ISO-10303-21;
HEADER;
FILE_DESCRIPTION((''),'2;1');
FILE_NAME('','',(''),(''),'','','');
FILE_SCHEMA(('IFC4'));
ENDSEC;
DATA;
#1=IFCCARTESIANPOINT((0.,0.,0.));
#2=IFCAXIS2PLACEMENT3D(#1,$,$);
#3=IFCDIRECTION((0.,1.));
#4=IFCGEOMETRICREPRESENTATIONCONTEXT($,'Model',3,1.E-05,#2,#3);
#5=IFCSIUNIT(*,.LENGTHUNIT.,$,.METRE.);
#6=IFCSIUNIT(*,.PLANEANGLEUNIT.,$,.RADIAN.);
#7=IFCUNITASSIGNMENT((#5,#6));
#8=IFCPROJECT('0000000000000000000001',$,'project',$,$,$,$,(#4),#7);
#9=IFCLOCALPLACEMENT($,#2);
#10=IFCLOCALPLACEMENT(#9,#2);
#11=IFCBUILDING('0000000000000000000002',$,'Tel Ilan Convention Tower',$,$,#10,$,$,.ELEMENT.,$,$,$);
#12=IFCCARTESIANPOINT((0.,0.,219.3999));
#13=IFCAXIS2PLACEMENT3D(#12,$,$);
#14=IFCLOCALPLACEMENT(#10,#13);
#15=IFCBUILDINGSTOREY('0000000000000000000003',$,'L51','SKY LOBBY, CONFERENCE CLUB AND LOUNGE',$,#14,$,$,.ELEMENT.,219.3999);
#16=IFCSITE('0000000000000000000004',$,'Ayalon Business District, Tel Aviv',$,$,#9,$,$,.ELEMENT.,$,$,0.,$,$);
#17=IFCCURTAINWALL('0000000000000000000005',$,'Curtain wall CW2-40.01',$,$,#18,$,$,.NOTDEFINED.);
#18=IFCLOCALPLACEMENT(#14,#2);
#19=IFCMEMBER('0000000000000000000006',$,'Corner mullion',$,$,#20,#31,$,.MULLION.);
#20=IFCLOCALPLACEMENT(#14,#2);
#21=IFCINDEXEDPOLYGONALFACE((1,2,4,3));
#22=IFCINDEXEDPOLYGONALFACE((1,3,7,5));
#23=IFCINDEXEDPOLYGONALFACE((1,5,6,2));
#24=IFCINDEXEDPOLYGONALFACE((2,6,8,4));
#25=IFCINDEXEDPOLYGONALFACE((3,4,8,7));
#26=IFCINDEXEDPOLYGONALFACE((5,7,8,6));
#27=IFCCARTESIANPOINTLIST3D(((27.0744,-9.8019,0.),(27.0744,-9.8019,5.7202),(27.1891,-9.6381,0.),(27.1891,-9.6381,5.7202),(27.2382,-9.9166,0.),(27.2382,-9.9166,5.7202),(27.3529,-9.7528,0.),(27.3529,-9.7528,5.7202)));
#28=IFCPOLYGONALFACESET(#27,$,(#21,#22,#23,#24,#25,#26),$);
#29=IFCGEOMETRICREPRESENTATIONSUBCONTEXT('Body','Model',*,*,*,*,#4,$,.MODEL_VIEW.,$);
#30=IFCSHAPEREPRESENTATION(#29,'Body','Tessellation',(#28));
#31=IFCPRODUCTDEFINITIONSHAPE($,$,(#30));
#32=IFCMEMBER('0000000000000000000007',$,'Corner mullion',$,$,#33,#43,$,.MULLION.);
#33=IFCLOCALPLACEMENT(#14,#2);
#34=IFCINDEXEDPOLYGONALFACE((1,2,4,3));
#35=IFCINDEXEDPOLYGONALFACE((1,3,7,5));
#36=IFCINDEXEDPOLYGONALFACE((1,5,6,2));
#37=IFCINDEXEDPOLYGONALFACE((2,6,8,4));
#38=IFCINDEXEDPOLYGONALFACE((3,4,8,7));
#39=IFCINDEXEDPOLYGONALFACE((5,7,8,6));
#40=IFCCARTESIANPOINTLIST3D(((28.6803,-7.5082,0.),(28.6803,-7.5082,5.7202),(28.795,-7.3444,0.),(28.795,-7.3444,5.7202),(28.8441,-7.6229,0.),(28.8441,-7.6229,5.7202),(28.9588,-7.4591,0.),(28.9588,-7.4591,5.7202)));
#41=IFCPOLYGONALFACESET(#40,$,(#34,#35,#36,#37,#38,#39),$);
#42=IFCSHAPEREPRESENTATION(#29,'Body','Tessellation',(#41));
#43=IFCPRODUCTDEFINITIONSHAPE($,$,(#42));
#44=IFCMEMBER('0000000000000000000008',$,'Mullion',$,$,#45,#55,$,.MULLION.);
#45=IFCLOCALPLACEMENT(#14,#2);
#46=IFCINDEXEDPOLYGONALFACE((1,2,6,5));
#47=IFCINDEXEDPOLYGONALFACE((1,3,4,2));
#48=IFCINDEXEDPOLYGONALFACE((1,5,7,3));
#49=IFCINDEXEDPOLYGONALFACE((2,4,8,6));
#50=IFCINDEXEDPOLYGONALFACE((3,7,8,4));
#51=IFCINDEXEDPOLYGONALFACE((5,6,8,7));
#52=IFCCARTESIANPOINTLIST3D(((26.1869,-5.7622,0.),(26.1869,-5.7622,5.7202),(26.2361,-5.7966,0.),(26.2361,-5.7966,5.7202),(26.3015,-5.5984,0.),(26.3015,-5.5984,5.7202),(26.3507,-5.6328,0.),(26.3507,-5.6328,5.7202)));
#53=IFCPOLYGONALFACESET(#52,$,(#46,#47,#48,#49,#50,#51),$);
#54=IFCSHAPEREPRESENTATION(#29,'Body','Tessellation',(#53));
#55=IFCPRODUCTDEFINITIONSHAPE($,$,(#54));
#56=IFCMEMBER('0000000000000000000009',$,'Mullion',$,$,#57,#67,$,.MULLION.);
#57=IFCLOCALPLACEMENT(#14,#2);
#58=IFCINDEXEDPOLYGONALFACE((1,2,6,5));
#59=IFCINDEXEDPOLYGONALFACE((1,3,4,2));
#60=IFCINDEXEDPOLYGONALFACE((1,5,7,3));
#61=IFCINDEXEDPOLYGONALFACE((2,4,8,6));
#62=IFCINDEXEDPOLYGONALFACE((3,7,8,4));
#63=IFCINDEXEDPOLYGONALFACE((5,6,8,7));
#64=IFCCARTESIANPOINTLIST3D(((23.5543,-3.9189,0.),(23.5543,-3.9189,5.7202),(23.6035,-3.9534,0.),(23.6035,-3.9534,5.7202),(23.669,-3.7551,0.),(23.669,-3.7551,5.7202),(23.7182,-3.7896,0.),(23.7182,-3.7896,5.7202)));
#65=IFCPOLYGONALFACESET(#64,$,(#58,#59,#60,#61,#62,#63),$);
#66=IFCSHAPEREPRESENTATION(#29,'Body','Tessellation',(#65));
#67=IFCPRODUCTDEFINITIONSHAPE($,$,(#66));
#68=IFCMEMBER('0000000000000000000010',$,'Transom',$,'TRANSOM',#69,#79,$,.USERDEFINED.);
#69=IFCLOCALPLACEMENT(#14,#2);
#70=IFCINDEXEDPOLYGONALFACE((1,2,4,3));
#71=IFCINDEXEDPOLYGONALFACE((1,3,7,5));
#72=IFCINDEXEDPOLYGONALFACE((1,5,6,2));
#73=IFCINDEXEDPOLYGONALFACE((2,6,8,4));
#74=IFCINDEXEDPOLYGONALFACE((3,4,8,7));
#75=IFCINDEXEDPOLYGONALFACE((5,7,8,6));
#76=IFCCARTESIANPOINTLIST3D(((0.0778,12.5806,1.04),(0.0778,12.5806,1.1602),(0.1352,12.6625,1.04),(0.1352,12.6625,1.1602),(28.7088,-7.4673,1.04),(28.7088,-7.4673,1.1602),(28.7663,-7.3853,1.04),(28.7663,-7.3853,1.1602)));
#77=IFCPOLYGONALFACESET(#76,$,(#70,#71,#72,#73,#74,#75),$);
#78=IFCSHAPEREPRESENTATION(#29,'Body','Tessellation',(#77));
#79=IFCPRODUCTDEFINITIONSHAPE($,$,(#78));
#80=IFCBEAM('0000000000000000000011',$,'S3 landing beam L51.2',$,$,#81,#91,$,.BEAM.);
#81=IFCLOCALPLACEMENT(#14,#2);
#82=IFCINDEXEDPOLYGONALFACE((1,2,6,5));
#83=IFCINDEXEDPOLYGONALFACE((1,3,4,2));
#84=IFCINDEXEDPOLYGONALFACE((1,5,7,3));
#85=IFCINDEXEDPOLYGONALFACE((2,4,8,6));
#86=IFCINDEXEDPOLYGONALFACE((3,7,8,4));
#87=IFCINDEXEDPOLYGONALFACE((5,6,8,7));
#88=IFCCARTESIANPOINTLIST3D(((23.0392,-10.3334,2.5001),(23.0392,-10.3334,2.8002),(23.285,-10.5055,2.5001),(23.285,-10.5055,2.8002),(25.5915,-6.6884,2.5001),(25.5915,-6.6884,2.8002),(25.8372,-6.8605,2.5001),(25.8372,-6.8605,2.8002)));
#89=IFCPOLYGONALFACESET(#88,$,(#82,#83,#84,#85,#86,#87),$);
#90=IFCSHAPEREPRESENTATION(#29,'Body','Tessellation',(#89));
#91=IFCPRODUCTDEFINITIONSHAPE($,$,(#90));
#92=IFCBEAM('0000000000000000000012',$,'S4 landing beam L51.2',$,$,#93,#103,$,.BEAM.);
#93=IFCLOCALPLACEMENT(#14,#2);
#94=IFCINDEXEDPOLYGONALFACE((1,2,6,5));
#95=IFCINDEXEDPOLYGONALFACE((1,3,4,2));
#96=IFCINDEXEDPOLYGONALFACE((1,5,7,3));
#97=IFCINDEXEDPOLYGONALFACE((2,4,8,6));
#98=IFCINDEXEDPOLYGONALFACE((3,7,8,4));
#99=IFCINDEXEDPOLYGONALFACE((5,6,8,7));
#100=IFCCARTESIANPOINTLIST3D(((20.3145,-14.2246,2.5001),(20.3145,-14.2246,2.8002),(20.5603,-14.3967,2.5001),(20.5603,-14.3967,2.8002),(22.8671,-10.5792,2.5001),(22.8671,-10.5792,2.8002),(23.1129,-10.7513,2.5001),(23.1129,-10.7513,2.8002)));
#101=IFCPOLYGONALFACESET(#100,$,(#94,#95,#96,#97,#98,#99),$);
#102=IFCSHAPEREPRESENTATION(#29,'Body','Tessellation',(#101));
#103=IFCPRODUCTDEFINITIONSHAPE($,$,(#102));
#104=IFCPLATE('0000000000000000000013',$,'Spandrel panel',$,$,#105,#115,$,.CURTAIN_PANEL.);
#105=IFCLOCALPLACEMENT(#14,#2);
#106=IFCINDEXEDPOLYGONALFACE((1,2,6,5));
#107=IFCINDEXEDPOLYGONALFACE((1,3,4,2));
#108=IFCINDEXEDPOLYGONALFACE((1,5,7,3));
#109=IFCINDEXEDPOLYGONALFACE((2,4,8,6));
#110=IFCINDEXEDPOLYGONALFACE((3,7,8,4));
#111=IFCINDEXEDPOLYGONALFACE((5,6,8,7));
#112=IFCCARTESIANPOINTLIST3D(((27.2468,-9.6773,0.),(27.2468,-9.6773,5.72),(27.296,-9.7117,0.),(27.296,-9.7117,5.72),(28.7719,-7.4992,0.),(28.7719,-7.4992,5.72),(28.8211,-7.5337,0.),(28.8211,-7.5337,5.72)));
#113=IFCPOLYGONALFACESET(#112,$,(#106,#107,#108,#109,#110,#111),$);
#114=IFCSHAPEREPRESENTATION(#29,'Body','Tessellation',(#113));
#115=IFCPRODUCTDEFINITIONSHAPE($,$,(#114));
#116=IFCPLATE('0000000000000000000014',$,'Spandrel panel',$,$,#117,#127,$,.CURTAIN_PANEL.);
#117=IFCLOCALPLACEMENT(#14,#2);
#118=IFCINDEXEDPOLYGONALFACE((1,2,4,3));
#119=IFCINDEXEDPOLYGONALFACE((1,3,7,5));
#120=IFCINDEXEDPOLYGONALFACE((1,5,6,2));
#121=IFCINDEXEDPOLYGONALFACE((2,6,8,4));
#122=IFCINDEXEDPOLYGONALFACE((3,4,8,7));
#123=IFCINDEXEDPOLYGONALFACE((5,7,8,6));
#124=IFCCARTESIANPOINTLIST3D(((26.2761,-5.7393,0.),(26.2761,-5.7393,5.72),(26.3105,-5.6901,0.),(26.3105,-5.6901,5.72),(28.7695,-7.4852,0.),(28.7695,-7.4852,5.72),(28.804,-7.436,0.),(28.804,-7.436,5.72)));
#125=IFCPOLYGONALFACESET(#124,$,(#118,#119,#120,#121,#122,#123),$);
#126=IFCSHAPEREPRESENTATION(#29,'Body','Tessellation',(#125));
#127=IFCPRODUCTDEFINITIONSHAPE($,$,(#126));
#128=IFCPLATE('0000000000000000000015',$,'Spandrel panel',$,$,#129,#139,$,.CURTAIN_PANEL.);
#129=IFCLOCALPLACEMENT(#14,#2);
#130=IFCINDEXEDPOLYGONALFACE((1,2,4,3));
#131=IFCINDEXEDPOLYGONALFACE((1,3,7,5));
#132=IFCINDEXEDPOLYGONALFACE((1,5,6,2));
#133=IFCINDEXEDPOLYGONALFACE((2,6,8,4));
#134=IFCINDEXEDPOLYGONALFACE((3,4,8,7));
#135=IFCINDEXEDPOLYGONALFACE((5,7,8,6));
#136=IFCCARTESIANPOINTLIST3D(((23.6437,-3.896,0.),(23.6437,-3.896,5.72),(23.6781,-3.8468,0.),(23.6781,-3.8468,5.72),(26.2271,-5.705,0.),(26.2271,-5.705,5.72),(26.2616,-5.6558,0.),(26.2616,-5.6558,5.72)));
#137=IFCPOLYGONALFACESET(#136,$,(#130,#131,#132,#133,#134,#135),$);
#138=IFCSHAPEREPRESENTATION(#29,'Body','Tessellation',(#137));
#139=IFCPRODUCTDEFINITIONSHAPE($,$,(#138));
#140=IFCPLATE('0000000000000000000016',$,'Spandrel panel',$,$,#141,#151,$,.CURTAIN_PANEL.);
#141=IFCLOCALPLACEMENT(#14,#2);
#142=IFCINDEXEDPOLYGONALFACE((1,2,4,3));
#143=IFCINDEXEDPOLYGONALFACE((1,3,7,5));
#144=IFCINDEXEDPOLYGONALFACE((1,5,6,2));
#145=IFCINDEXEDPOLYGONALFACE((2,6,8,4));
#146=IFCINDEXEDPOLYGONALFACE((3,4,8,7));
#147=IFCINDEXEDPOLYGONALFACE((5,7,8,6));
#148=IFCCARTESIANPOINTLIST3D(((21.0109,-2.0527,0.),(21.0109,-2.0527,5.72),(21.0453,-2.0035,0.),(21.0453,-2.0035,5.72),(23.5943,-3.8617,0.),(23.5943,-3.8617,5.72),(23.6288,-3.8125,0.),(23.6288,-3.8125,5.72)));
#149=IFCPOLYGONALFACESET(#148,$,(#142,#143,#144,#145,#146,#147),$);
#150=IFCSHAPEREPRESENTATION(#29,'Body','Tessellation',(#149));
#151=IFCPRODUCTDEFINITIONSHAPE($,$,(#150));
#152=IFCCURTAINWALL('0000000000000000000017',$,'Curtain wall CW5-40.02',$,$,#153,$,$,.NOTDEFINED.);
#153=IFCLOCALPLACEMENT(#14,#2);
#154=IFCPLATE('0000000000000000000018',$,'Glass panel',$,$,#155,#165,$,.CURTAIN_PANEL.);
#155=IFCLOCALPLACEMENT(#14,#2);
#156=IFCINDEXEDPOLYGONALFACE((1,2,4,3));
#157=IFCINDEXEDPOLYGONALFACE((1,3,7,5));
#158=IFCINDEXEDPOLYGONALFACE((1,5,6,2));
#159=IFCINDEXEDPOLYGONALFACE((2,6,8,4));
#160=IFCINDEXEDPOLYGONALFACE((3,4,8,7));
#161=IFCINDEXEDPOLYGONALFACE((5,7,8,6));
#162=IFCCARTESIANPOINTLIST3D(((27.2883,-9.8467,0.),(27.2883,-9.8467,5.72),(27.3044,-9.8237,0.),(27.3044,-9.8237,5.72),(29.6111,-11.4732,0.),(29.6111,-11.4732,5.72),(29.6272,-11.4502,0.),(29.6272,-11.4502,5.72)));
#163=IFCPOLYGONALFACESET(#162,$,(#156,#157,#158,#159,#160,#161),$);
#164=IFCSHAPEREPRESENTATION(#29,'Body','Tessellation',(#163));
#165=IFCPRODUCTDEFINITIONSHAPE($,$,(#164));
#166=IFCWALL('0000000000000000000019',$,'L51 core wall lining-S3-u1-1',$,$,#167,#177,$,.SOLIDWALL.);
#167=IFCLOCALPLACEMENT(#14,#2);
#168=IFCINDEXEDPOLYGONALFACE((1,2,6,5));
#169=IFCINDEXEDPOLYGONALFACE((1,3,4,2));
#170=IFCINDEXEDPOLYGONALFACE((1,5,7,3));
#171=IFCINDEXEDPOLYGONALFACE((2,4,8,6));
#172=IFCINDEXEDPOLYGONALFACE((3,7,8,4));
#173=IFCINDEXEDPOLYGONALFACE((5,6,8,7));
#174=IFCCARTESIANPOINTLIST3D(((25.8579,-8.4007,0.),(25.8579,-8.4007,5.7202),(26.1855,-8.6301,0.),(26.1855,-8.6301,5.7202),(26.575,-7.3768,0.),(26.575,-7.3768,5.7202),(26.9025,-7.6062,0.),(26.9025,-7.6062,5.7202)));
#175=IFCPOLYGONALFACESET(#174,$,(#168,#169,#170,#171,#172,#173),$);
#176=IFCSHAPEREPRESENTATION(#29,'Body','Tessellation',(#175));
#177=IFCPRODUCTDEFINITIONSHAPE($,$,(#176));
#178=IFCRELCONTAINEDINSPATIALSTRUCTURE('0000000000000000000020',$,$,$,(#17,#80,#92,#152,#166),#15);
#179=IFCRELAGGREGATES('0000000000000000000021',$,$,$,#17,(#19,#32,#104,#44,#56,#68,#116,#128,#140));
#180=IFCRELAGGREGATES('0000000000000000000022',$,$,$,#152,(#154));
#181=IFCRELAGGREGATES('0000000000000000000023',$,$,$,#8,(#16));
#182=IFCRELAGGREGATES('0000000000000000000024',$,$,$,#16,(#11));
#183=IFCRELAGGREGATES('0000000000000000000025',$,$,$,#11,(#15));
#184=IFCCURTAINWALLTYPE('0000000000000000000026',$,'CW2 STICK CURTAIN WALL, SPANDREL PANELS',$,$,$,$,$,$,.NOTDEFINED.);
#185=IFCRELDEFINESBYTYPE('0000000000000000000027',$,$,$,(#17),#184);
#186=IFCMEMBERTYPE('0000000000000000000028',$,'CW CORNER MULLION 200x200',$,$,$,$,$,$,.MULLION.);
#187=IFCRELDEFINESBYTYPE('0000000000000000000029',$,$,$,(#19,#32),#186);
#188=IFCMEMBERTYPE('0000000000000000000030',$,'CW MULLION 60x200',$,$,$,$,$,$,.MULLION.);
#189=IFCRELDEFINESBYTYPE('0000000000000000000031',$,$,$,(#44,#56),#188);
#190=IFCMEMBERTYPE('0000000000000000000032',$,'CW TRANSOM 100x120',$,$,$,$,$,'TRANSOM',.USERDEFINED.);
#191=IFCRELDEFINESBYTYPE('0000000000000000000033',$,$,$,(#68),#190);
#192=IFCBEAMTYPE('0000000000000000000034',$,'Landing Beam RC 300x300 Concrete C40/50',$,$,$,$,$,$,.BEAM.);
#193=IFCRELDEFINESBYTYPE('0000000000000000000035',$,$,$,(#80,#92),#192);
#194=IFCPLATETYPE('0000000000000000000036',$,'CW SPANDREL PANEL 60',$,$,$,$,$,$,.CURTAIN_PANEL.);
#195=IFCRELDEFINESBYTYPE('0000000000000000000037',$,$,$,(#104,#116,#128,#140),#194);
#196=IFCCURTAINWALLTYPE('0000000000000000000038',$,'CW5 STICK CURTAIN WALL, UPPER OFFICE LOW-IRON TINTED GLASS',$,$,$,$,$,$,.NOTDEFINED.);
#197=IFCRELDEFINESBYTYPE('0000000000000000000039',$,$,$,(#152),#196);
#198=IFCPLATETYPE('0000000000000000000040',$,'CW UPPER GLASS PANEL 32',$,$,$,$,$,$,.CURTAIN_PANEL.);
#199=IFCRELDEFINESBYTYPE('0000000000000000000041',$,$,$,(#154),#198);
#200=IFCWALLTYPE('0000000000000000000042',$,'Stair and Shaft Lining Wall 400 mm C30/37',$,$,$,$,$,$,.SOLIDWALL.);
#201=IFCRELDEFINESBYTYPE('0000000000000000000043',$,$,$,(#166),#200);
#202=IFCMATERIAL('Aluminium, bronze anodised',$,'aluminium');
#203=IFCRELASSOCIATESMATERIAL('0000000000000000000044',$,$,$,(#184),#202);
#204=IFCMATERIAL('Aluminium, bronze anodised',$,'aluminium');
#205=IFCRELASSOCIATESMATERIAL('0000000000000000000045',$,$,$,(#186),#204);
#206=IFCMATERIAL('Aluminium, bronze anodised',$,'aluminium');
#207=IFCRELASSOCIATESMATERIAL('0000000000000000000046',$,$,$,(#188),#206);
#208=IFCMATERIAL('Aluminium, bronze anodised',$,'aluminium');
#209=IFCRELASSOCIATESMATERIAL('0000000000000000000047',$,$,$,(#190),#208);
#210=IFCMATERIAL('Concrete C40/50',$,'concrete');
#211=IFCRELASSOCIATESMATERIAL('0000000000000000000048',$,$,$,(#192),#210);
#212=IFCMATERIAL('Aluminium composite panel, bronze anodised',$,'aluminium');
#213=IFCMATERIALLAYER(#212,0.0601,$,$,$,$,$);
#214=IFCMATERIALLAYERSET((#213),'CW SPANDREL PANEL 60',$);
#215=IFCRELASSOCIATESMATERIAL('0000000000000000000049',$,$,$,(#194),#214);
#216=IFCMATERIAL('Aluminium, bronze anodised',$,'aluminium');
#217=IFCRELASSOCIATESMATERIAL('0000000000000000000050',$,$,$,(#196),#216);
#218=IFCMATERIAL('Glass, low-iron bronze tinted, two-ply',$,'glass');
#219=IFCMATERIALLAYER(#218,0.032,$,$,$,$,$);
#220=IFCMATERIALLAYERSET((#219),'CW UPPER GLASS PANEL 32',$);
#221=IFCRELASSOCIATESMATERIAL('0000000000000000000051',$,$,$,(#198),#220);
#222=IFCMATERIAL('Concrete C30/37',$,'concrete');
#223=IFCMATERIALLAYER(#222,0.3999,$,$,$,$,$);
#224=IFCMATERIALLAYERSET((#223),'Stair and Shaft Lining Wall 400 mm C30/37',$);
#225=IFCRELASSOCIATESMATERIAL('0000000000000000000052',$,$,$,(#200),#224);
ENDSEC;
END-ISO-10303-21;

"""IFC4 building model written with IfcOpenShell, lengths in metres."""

from ifc_helpers import new_model, si_unit, direction, frame, frame_2d, origin, origin_2d, place, context, subcontext, project, spatial, rectangle, extrude, material, layer, layer_set, material_profile, profile_set, type_object, element, aggregate, save


model = new_model("IFC4")

# Units and contexts
model_context = context("Model", 3, precision=1e-05, world=origin(), true_north=direction((0.0, 1.0)))
body_context = subcontext(model_context, "Body", "Model", "MODEL_VIEW")
ifc_project = project(units=[si_unit("LENGTHUNIT", "METRE"), si_unit("PLANEANGLEUNIT", "RADIAN")], contexts=[model_context])

# Site, building, storey
site_placement = place(None, origin())
site = spatial("IfcSite", under=ifc_project, at=site_placement, Name="Ayalon Business District, Tel Aviv", CompositionType="ELEMENT", RefElevation=0.0)
building_placement = place(site_placement, origin())
building = spatial("IfcBuilding", under=site, at=building_placement, Name="Tel Ilan Convention Tower", CompositionType="ELEMENT")
storey_placement = place(building_placement, frame((0.0, 0.0, 219.3999)))
storey = spatial("IfcBuildingStorey", under=building, at=storey_placement, Name="L51", Description="SKY LOBBY, CONFERENCE CLUB AND LOUNGE", CompositionType="ELEMENT", Elevation=219.3999)

# Curtain wall, members
ifc_material_1 = material(Name="Aluminium, bronze anodised", Category="aluminium")
curtain_wall_type_1 = type_object("IfcCurtainWallType", Name="CW2 STICK CURTAIN WALL, SPANDREL PANELS", PredefinedType="NOTDEFINED", material=ifc_material_1)
curtain_wall_1_placement = place(storey_placement, origin())
curtain_wall_1 = element("IfcCurtainWall", 1, at=curtain_wall_1_placement, inside=storey, type_object=curtain_wall_type_1, Name="Curtain wall CW2-40.01", PredefinedType="NOTDEFINED")
ifc_material_2 = material(Name="Aluminium, bronze anodised", Category="aluminium")
ifc_material_profile_1 = material_profile(ifc_material_2, rectangle(XDim=0.2, YDim=0.2, at=origin_2d()), Name="CW CORNER MULLION 200x200")
ifc_profile_set_1 = profile_set([ifc_material_profile_1], Name="Aluminium, bronze anodised")
member_type_1 = type_object("IfcMemberType", Name="CW CORNER MULLION 200x200", PredefinedType="MULLION", material=ifc_profile_set_1)
member_1_placement = place(storey_placement, frame((27.2136, -9.7773, 0.0), z_axis=(0.0, 0.0, 1.0), x_axis=(-0.819152, 0.573576, 0.0)))
member_1 = element("IfcMember", 2, at=member_1_placement, type_object=member_type_1, Name="Corner mullion", PredefinedType="MULLION", context=body_context, shape_type="SweptSolid", body=[
    extrude(rectangle(XDim=0.2, YDim=0.2, at=origin_2d()), origin(), (0.0, 0.0, 1.0), 5.7202),
])
member_2_placement = place(storey_placement, frame((28.8196, -7.4836, 0.0), z_axis=(0.0, 0.0, 1.0), x_axis=(0.573576, 0.819152, 0.0)))
member_2 = element("IfcMember", 3, at=member_2_placement, type_object=member_type_1, Name="Corner mullion", PredefinedType="MULLION", context=body_context, shape_type="SweptSolid", body=[
    extrude(rectangle(XDim=0.2, YDim=0.2, at=origin_2d()), origin(), (0.0, 0.0, 1.0), 5.7202),
])
ifc_material_3 = material(Name="Aluminium, bronze anodised", Category="aluminium")
ifc_material_profile_2 = material_profile(ifc_material_3, rectangle(XDim=0.0601, YDim=0.2, at=origin_2d()), Name="CW MULLION 60x200")
ifc_profile_set_2 = profile_set([ifc_material_profile_2], Name="Aluminium, bronze anodised")
member_type_2 = type_object("IfcMemberType", Name="CW MULLION 60x200", PredefinedType="MULLION", material=ifc_profile_set_2)
member_3_placement = place(storey_placement, frame((26.2688, -5.6975, 0.0), z_axis=(0.0, 0.0, 1.0), x_axis=(-0.819152, 0.573576, 0.0)))
member_3 = element("IfcMember", 4, at=member_3_placement, type_object=member_type_2, Name="Mullion", PredefinedType="MULLION", context=body_context, shape_type="SweptSolid", body=[
    extrude(rectangle(XDim=0.0601, YDim=0.2, at=origin_2d()), origin(), (0.0, 0.0, 1.0), 5.7202),
])
member_4_placement = place(storey_placement, frame((23.6362, -3.8542, 0.0), z_axis=(0.0, 0.0, 1.0), x_axis=(-0.819152, 0.573576, 0.0)))
member_4 = element("IfcMember", 5, at=member_4_placement, type_object=member_type_2, Name="Mullion", PredefinedType="MULLION", context=body_context, shape_type="SweptSolid", body=[
    extrude(rectangle(XDim=0.0601, YDim=0.2, at=origin_2d()), origin(), (0.0, 0.0, 1.0), 5.7202),
])
ifc_material_4 = material(Name="Aluminium, bronze anodised", Category="aluminium")
ifc_material_profile_3 = material_profile(ifc_material_4, rectangle(XDim=0.1001, YDim=0.1201, at=origin_2d()), Name="CW TRANSOM 100x120")
ifc_profile_set_3 = profile_set([ifc_material_profile_3], Name="Aluminium, bronze anodised")
member_type_3 = type_object("IfcMemberType", Name="CW TRANSOM 100x120", ElementType="TRANSOM", PredefinedType="USERDEFINED", material=ifc_profile_set_3)
member_5_placement = place(storey_placement, frame((28.7375, -7.4263, 1.1001), z_axis=(-0.81915, 0.573579, 0.0), x_axis=(-0.573579, -0.81915, 0.0)))
member_5 = element("IfcMember", 6, at=member_5_placement, type_object=member_type_3, Name="Transom", ObjectType="TRANSOM", PredefinedType="USERDEFINED", context=body_context, shape_type="SweptSolid", body=[
    extrude(rectangle(XDim=0.1001, YDim=0.1201, at=origin_2d()), origin(), (0.0, 0.0, 1.0), 34.9521),
])

# Beams
ifc_material_5 = material(Name="Concrete C40/50", Category="concrete")
ifc_material_profile_4 = material_profile(ifc_material_5, rectangle(XDim=0.3, YDim=0.3, at=origin_2d()), Name="RC 300x300")
ifc_profile_set_4 = profile_set([ifc_material_profile_4], Name="Concrete C40/50")
beam_type = type_object("IfcBeamType", Name="Landing Beam RC 300x300 Concrete C40/50", PredefinedType="BEAM", material=ifc_profile_set_4)
beam_1_placement = place(storey_placement, frame((25.7144, -6.7744, 2.6501), z_axis=(-0.573573, -0.819155, 0.0), x_axis=(0.819155, -0.573573, 0.0)))
element("IfcBeam", 7, at=beam_1_placement, inside=storey, type_object=beam_type, Name="S3 landing beam L51.2", PredefinedType="BEAM", context=body_context, shape_type="SweptSolid", body=[
    extrude(rectangle(XDim=0.3, YDim=0.3, at=origin_2d()), origin(), (0.0, 0.0, 1.0), 4.4497),
])
beam_2_placement = place(storey_placement, frame((22.99, -10.6653, 2.6501), z_axis=(-0.573584, -0.819147, 0.0), x_axis=(0.819147, -0.573584, 0.0)))
element("IfcBeam", 8, at=beam_2_placement, inside=storey, type_object=beam_type, Name="S4 landing beam L51.2", PredefinedType="BEAM", context=body_context, shape_type="SweptSolid", body=[
    extrude(rectangle(XDim=0.3, YDim=0.3, at=origin_2d()), origin(), (0.0, 0.0, 1.0), 4.4502),
])

# Plates
ifc_material_6 = material(Name="Aluminium composite panel, bronze anodised", Category="aluminium")
ifc_layer_1 = layer(ifc_material_6, 0.0601)
ifc_layer_set_1 = layer_set([ifc_layer_1], Name="CW SPANDREL PANEL 60")
plate_type_1 = type_object("IfcPlateType", Name="CW SPANDREL PANEL 60", PredefinedType="CURTAIN_PANEL", material=ifc_layer_set_1)
plate_1_placement = place(storey_placement, frame((28.0339, -8.6055, 0.0), z_axis=(0.0, 0.0, 1.0), x_axis=(0.573576, 0.819152, 0.0)))
plate_1 = element("IfcPlate", 9, at=plate_1_placement, type_object=plate_type_1, Name="Spandrel panel", PredefinedType="CURTAIN_PANEL", context=body_context, shape_type="SweptSolid", body=[
    extrude(rectangle(XDim=2.6589, YDim=0.0601, at=origin_2d()), origin(), (0.0, 0.0, 1.0), 5.72),
])
plate_2_placement = place(storey_placement, frame((27.54, -6.5876, 0.0), z_axis=(0.0, 0.0, 1.0), x_axis=(-0.819152, 0.573576, 0.0)))
plate_2 = element("IfcPlate", 10, at=plate_2_placement, type_object=plate_type_1, Name="Spandrel panel", PredefinedType="CURTAIN_PANEL", context=body_context, shape_type="SweptSolid", body=[
    extrude(rectangle(XDim=3.0439, YDim=0.0601, at=origin_2d()), origin(), (0.0, 0.0, 1.0), 5.72),
])
plate_3_placement = place(storey_placement, frame((24.9526, -4.7759, 0.0), z_axis=(0.0, 0.0, 1.0), x_axis=(-0.819152, 0.573576, 0.0)))
plate_3 = element("IfcPlate", 11, at=plate_3_placement, type_object=plate_type_1, Name="Spandrel panel", PredefinedType="CURTAIN_PANEL", context=body_context, shape_type="SweptSolid", body=[
    extrude(rectangle(XDim=3.1538, YDim=0.0601, at=origin_2d()), origin(), (0.0, 0.0, 1.0), 5.72),
])
plate_4_placement = place(storey_placement, frame((22.3198, -2.9326, 0.0), z_axis=(0.0, 0.0, 1.0), x_axis=(-0.819152, 0.573576, 0.0)))
plate_4 = element("IfcPlate", 12, at=plate_4_placement, type_object=plate_type_1, Name="Spandrel panel", PredefinedType="CURTAIN_PANEL", context=body_context, shape_type="SweptSolid", body=[
    extrude(rectangle(XDim=3.1538, YDim=0.0601, at=origin_2d()), origin(), (0.0, 0.0, 1.0), 5.72),
])
aggregate(curtain_wall_1, [member_1, member_2, plate_1, member_3, member_4, member_5, plate_2, plate_3, plate_4])

# Curtain wall, plate
ifc_material_7 = material(Name="Aluminium, bronze anodised", Category="aluminium")
curtain_wall_type_2 = type_object("IfcCurtainWallType", Name="CW5 STICK CURTAIN WALL, UPPER OFFICE LOW-IRON TINTED GLASS", PredefinedType="NOTDEFINED", material=ifc_material_7)
curtain_wall_2_placement = place(storey_placement, origin())
curtain_wall_2 = element("IfcCurtainWall", 13, at=curtain_wall_2_placement, inside=storey, type_object=curtain_wall_type_2, Name="Curtain wall CW5-40.02", PredefinedType="NOTDEFINED")
ifc_material_8 = material(Name="Glass, low-iron bronze tinted, two-ply", Category="glass")
ifc_layer_2 = layer(ifc_material_8, 0.032)
ifc_layer_set_2 = layer_set([ifc_layer_2], Name="CW UPPER GLASS PANEL 32")
plate_type_2 = type_object("IfcPlateType", Name="CW UPPER GLASS PANEL 32", PredefinedType="CURTAIN_PANEL", material=ifc_layer_set_2)
plate_5_placement = place(storey_placement, frame((28.4578, -10.6484, 0.0), z_axis=(0.0, 0.0, 1.0), x_axis=(-0.819152, 0.573576, 0.0)))
plate_5 = element("IfcPlate", 14, at=plate_5_placement, type_object=plate_type_2, Name="Glass panel", PredefinedType="CURTAIN_PANEL", context=body_context, shape_type="SweptSolid", body=[
    extrude(rectangle(XDim=2.8357, YDim=0.0281, at=origin_2d()), origin(), (0.0, 0.0, 1.0), 5.72),
])
aggregate(curtain_wall_2, [plate_5])

# Wall
ifc_material_9 = material(Name="Concrete C30/37", Category="concrete")
ifc_layer_3 = layer(ifc_material_9, 0.3999)
ifc_layer_set_3 = layer_set([ifc_layer_3], Name="Stair and Shaft Lining Wall 400 mm C30/37")
wall_type = type_object("IfcWallType", Name="Stair and Shaft Lining Wall 400 mm C30/37", PredefinedType="SOLIDWALL", material=ifc_layer_set_3)
wall_1_placement = place(storey_placement, frame((26.0217, -8.5154, 0.0), z_axis=(0.0, 0.0, 1.0), x_axis=(0.57362, 0.819122, 0.0)))
element("IfcWall", 15, at=wall_1_placement, inside=storey, type_object=wall_type, Name="L51 core wall lining-S3-u1-1", PredefinedType="SOLIDWALL", context=body_context, shape_type="SweptSolid", body=[
    extrude(rectangle(XDim=1.25, YDim=0.3999, at=frame_2d((0.625, 0.0))), origin(), (0.0, 0.0, 1.0), 5.7202),
])

save(model, "model.ifc")
